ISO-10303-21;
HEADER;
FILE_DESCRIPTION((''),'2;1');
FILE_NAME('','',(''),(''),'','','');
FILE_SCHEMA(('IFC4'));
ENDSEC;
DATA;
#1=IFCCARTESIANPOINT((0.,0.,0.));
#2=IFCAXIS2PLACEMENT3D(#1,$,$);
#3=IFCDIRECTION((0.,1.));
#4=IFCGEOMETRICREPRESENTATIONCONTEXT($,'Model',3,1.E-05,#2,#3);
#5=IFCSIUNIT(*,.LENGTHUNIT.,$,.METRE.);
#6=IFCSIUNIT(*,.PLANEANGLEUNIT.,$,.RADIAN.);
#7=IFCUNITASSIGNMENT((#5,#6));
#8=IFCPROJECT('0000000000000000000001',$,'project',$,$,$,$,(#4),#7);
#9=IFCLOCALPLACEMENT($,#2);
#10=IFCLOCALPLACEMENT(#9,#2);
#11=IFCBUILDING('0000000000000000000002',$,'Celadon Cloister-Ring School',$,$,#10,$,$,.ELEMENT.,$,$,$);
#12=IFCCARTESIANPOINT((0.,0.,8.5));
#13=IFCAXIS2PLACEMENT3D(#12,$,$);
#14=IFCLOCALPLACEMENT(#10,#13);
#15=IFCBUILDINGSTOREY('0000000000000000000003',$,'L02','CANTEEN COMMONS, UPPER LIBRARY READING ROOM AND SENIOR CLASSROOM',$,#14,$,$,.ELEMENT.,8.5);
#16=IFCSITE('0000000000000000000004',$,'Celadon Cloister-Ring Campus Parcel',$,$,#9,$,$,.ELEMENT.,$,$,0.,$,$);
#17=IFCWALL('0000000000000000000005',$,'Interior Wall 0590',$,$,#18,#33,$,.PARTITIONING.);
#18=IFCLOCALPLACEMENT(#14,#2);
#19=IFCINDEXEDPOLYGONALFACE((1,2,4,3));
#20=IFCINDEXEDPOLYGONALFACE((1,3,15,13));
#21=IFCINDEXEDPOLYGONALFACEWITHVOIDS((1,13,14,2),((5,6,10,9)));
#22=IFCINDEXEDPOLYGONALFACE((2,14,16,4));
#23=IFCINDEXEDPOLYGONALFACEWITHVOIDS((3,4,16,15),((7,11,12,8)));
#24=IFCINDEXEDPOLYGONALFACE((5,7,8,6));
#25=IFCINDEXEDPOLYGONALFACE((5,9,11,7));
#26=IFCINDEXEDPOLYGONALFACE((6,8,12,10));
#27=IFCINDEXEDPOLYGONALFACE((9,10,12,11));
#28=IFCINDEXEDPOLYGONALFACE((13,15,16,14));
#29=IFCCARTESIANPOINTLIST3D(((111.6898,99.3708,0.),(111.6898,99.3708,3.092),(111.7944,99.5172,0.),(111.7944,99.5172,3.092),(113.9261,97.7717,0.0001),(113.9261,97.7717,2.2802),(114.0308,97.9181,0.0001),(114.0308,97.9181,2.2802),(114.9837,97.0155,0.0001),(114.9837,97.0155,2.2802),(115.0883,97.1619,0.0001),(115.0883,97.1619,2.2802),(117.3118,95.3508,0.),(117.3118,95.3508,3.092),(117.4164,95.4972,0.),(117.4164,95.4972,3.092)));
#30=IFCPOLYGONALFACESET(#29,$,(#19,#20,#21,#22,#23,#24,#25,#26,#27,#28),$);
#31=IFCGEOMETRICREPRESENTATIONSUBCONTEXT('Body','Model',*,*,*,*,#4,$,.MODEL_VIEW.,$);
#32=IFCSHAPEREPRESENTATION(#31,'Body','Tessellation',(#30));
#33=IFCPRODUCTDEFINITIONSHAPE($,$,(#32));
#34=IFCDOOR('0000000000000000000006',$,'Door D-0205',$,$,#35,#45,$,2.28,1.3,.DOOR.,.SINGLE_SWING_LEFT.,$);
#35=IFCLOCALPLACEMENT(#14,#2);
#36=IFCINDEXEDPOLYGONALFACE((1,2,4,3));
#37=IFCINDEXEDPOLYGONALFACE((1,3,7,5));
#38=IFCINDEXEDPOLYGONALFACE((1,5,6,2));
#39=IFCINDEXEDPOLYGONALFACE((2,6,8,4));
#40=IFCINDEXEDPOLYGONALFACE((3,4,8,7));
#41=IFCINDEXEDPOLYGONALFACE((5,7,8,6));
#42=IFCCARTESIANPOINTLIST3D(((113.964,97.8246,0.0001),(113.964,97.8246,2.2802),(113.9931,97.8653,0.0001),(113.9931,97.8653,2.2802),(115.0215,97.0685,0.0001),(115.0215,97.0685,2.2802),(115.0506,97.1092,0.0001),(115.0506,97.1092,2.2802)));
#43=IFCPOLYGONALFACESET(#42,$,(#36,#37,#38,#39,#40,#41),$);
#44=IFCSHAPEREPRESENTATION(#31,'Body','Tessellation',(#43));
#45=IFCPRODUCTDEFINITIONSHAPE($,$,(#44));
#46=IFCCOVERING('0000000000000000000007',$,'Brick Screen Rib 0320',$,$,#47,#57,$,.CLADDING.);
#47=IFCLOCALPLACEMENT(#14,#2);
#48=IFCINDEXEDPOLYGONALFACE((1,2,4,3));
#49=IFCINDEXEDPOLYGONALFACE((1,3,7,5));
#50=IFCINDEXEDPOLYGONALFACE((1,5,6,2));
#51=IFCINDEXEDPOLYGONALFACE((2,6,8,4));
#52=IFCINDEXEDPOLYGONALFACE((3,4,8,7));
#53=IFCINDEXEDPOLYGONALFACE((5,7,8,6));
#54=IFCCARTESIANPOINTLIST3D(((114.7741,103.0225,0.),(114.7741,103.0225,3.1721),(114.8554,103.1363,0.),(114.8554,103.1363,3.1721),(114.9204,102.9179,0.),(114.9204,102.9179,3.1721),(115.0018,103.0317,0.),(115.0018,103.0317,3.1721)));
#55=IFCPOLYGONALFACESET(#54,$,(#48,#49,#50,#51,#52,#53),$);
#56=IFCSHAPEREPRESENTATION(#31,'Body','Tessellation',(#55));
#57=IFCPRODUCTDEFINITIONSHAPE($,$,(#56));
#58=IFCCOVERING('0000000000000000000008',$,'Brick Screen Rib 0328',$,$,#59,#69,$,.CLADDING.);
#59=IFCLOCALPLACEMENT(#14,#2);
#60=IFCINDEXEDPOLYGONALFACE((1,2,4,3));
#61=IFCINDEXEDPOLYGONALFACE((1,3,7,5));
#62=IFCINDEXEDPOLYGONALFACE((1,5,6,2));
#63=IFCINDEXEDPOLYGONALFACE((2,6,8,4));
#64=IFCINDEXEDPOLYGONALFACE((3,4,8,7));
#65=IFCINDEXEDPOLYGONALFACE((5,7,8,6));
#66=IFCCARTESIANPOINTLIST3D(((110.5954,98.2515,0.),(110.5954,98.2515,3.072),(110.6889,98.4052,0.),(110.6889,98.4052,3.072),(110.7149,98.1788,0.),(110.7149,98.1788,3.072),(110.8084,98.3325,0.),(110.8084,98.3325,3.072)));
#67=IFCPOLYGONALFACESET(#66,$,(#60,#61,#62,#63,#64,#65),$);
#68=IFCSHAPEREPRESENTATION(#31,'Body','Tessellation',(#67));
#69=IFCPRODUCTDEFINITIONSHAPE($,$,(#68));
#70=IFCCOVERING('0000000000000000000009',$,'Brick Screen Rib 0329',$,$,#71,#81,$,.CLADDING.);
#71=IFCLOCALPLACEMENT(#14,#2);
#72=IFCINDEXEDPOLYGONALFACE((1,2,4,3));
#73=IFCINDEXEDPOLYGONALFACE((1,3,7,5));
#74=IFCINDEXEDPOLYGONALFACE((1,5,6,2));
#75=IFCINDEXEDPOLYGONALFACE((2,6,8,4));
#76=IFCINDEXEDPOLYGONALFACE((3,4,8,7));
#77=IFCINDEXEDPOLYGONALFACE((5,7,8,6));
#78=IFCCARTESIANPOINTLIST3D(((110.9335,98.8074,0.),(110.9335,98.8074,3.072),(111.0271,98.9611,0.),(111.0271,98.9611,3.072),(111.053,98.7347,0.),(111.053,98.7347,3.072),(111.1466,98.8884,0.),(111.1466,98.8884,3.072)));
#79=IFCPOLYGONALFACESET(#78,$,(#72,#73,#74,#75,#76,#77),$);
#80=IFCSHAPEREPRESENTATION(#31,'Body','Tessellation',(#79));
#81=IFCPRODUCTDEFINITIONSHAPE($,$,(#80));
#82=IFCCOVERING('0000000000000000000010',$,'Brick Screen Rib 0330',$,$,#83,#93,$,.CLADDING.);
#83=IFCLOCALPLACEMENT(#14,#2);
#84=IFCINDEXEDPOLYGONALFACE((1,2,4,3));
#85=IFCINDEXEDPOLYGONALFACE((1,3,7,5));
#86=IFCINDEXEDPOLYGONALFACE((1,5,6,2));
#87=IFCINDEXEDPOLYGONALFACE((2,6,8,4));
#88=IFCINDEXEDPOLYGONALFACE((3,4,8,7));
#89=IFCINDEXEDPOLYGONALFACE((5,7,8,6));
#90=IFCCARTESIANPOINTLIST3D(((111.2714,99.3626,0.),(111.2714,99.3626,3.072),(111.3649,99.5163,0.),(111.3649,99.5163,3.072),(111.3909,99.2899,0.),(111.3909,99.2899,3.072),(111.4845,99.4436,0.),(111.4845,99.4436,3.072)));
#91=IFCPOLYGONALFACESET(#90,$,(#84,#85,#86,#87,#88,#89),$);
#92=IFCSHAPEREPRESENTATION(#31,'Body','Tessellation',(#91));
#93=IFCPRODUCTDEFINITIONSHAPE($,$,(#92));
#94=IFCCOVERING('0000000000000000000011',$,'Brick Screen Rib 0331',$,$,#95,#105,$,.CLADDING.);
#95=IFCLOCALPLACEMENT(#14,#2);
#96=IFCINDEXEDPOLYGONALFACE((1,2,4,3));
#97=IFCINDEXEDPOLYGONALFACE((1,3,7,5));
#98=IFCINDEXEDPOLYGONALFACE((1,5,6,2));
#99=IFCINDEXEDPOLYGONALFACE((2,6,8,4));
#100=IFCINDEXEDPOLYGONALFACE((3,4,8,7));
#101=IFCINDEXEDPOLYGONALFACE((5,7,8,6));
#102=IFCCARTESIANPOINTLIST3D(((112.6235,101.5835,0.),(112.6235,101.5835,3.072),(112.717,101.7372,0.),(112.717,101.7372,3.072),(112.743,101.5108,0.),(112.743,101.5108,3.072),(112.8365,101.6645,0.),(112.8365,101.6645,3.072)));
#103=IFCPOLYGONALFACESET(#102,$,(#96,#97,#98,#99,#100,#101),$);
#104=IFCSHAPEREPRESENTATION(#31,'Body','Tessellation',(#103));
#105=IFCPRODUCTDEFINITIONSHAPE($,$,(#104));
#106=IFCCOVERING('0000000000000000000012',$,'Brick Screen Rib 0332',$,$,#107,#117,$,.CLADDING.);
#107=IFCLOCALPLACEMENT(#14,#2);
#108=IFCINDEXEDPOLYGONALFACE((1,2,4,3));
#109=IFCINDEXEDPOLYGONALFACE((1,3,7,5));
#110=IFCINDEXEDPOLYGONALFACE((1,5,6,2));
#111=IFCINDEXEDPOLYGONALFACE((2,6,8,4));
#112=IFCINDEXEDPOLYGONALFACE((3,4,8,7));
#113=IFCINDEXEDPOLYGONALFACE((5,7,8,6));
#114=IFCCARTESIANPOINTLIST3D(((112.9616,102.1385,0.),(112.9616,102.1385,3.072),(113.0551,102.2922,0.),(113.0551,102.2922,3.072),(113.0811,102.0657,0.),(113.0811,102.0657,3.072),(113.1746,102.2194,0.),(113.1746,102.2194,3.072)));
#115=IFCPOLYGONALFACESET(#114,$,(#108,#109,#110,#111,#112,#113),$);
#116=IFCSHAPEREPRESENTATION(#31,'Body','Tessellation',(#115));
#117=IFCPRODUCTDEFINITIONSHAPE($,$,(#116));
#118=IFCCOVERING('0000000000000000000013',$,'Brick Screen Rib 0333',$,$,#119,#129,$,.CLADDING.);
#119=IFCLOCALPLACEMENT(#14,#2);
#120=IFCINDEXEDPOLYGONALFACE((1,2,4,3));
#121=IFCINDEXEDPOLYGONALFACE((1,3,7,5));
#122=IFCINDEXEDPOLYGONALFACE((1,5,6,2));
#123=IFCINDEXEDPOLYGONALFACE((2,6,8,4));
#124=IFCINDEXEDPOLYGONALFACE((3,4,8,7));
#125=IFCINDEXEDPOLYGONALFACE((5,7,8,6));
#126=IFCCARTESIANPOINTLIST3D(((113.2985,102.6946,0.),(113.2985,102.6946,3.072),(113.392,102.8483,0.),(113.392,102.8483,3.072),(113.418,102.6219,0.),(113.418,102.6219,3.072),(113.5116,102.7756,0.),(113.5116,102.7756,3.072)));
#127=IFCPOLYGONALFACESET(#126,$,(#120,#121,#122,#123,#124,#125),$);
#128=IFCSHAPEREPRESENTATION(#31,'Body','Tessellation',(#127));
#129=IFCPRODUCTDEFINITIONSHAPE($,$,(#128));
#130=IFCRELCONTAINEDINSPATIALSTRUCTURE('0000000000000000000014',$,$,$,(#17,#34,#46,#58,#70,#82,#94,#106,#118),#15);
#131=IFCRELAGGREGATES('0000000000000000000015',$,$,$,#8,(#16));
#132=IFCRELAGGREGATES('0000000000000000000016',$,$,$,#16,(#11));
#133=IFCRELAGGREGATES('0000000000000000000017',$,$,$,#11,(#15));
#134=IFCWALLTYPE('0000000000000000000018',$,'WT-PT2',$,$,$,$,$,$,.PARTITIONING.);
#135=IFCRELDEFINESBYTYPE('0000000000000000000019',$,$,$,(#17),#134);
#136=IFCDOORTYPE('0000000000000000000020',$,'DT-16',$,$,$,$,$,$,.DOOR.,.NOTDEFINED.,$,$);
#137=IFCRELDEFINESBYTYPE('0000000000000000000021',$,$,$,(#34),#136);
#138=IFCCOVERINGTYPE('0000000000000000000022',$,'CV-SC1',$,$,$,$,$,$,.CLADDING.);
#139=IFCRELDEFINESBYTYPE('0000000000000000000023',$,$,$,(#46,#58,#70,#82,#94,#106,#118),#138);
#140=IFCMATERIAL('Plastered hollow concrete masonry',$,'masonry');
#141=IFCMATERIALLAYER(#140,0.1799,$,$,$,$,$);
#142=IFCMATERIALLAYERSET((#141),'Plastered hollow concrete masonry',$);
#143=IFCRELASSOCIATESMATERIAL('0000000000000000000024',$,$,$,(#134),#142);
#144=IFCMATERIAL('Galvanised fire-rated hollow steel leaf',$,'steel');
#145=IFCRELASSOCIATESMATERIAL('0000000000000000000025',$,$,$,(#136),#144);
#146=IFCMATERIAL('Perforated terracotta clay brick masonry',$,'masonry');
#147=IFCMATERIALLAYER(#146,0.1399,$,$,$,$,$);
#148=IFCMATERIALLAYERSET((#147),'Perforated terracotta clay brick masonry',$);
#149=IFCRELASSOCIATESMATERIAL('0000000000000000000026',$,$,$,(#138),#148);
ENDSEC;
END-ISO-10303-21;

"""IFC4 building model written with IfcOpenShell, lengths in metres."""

from ifc_helpers import new_model, si_unit, direction, frame, frame_2d, origin, origin_2d, place, context, subcontext, project, spatial, rectangle, extrude, material, layer, layer_set, type_object, element, fill, save


model = new_model("IFC4")

# Units and contexts
model_context = context("Model", 3, precision=1e-05, world=origin(), true_north=direction((0.0, 1.0)))
body_context = subcontext(model_context, "Body", "Model", "MODEL_VIEW")
ifc_project = project(units=[si_unit("LENGTHUNIT", "METRE"), si_unit("PLANEANGLEUNIT", "RADIAN")], contexts=[model_context])

# Site, building, storey
site_placement = place(None, origin())
site = spatial("IfcSite", under=ifc_project, at=site_placement, Name="Celadon Cloister-Ring Campus Parcel", CompositionType="ELEMENT", RefElevation=0.0)
building_placement = place(site_placement, origin())
building = spatial("IfcBuilding", under=site, at=building_placement, Name="Celadon Cloister-Ring School", CompositionType="ELEMENT")
storey_placement = place(building_placement, frame((0.0, 0.0, 8.5)))
storey = spatial("IfcBuildingStorey", under=building, at=storey_placement, Name="L02", Description="CANTEEN COMMONS, UPPER LIBRARY READING ROOM AND SENIOR CLASSROOM", CompositionType="ELEMENT", Elevation=8.5)

# Wall, opening, door
ifc_material_1 = material(Name="Plastered hollow concrete masonry", Category="masonry")
ifc_layer_1 = layer(ifc_material_1, 0.1799)
ifc_layer_set_1 = layer_set([ifc_layer_1], Name="Plastered hollow concrete masonry")
wall_type_1 = type_object("IfcWallType", Name="WT-PT2", PredefinedType="PARTITIONING", material=ifc_layer_set_1)
wall_1_placement = place(storey_placement, frame((117.364, 95.4241, 0.0), z_axis=(0.0, 0.0, 1.0), x_axis=(-0.813442, 0.581646, 0.0)))
wall_1 = element("IfcWall", 1, at=wall_1_placement, inside=storey, type_object=wall_type_1, Name="Interior Wall 0590", PredefinedType="PARTITIONING", context=body_context, shape_type="SweptSolid", body=[
    extrude(rectangle(XDim=6.9114, YDim=0.1799, at=frame_2d((3.4556, 0.0))), origin(), (0.0, 0.0, 1.0), 3.092),
])
opening_1_placement = place(wall_1_placement, frame((2.8621, 0.0, 0.0)))
opening_1 = element("IfcOpeningElement", 2, at=opening_1_placement, cuts=wall_1, PredefinedType="OPENING", context=body_context, shape_type="SweptSolid", body=[
    extrude(rectangle(XDim=1.3, YDim=2.28, at=frame_2d((0.6499, 1.1401))), frame((0.0, 0.1001, 0.0), z_axis=(0.0, -1.0, 0.0), x_axis=(1.0, 0.0, 0.0)), (0.0, 0.0, 1.0), 0.2),
])
ifc_material_2 = material(Name="Galvanised fire-rated hollow steel leaf", Category="steel")
door_type = type_object("IfcDoorType", Name="DT-16", OperationType="NOTDEFINED", PredefinedType="DOOR", material=ifc_material_2)
door_placement = place(opening_1_placement, origin())
door = element("IfcDoor", 3, at=door_placement, inside=storey, type_object=door_type, Name="Door D-0205", OperationType="SINGLE_SWING_LEFT", OverallHeight=2.28, OverallWidth=1.3, PredefinedType="DOOR", context=body_context, shape_type="SweptSolid", body=[
    extrude(rectangle(XDim=1.3, YDim=2.28, at=frame_2d((0.6499, 1.1401))), frame((0.0, 0.0249, 0.0), z_axis=(0.0, -1.0, 0.0), x_axis=(1.0, 0.0, 0.0)), (0.0, 0.0, 1.0), 0.05),
])
fill(opening_1, door)

# Coverings
ifc_material_3 = material(Name="Perforated terracotta clay brick masonry", Category="masonry")
ifc_layer_2 = layer(ifc_material_3, 0.1399)
ifc_layer_set_2 = layer_set([ifc_layer_2], Name="Perforated terracotta clay brick masonry")
covering_type = type_object("IfcCoveringType", Name="CV-SC1", PredefinedType="CLADDING", material=ifc_layer_set_2)
covering_placement = place(storey_placement, frame((114.8879, 103.0271, 0.0), z_axis=(0.0, 0.0, 1.0), x_axis=(0.813416, -0.581683, 0.0)))
element("IfcCovering", 4, at=covering_placement, inside=storey, type_object=covering_type, Name="Brick Screen Rib 0320", PredefinedType="CLADDING", context=body_context, shape_type="SweptSolid", body=[
    extrude(rectangle(XDim=0.1799, YDim=0.1399, at=origin_2d()), origin(), (0.0, 0.0, 1.0), 3.1721),
])
for number, where, z_axis, x_axis, name in (
    (5, (110.7019, 98.292, 0.0), (0.0, 0.0, 1.0), (0.519862, 0.85425, 0.0), "Brick Screen Rib 0328"),
    (6, (111.04, 98.8479, 0.0), (0.0, 0.0, 1.0), (0.519862, 0.85425, 0.0), "Brick Screen Rib 0329"),
    (7, (111.3779, 99.4031, 0.0), (0.0, 0.0, 1.0), (0.519862, 0.85425, 0.0), "Brick Screen Rib 0330"),
    (8, (112.73, 101.624, 0.0), (0.0, 0.0, 1.0), (0.519862, 0.85425, 0.0), "Brick Screen Rib 0331"),
    (9, (113.0681, 102.179, 0.0), (0.0, 0.0, 1.0), (0.519862, 0.85425, 0.0), "Brick Screen Rib 0332"),
    (10, (113.405, 102.7351, 0.0), (0.0, 0.0, 1.0), (0.519862, 0.85425, 0.0), "Brick Screen Rib 0333"),
):
    element("IfcCovering", number, at=place(storey_placement, frame(where, z_axis=z_axis, x_axis=x_axis)), inside=storey, type_object=covering_type, Name=name, PredefinedType="CLADDING", context=body_context, shape_type="SweptSolid", body=[
        extrude(rectangle(XDim=0.1799, YDim=0.1399, at=origin_2d()), origin(), (0.0, 0.0, 1.0), 3.072),
    ])

save(model, "model.ifc")
